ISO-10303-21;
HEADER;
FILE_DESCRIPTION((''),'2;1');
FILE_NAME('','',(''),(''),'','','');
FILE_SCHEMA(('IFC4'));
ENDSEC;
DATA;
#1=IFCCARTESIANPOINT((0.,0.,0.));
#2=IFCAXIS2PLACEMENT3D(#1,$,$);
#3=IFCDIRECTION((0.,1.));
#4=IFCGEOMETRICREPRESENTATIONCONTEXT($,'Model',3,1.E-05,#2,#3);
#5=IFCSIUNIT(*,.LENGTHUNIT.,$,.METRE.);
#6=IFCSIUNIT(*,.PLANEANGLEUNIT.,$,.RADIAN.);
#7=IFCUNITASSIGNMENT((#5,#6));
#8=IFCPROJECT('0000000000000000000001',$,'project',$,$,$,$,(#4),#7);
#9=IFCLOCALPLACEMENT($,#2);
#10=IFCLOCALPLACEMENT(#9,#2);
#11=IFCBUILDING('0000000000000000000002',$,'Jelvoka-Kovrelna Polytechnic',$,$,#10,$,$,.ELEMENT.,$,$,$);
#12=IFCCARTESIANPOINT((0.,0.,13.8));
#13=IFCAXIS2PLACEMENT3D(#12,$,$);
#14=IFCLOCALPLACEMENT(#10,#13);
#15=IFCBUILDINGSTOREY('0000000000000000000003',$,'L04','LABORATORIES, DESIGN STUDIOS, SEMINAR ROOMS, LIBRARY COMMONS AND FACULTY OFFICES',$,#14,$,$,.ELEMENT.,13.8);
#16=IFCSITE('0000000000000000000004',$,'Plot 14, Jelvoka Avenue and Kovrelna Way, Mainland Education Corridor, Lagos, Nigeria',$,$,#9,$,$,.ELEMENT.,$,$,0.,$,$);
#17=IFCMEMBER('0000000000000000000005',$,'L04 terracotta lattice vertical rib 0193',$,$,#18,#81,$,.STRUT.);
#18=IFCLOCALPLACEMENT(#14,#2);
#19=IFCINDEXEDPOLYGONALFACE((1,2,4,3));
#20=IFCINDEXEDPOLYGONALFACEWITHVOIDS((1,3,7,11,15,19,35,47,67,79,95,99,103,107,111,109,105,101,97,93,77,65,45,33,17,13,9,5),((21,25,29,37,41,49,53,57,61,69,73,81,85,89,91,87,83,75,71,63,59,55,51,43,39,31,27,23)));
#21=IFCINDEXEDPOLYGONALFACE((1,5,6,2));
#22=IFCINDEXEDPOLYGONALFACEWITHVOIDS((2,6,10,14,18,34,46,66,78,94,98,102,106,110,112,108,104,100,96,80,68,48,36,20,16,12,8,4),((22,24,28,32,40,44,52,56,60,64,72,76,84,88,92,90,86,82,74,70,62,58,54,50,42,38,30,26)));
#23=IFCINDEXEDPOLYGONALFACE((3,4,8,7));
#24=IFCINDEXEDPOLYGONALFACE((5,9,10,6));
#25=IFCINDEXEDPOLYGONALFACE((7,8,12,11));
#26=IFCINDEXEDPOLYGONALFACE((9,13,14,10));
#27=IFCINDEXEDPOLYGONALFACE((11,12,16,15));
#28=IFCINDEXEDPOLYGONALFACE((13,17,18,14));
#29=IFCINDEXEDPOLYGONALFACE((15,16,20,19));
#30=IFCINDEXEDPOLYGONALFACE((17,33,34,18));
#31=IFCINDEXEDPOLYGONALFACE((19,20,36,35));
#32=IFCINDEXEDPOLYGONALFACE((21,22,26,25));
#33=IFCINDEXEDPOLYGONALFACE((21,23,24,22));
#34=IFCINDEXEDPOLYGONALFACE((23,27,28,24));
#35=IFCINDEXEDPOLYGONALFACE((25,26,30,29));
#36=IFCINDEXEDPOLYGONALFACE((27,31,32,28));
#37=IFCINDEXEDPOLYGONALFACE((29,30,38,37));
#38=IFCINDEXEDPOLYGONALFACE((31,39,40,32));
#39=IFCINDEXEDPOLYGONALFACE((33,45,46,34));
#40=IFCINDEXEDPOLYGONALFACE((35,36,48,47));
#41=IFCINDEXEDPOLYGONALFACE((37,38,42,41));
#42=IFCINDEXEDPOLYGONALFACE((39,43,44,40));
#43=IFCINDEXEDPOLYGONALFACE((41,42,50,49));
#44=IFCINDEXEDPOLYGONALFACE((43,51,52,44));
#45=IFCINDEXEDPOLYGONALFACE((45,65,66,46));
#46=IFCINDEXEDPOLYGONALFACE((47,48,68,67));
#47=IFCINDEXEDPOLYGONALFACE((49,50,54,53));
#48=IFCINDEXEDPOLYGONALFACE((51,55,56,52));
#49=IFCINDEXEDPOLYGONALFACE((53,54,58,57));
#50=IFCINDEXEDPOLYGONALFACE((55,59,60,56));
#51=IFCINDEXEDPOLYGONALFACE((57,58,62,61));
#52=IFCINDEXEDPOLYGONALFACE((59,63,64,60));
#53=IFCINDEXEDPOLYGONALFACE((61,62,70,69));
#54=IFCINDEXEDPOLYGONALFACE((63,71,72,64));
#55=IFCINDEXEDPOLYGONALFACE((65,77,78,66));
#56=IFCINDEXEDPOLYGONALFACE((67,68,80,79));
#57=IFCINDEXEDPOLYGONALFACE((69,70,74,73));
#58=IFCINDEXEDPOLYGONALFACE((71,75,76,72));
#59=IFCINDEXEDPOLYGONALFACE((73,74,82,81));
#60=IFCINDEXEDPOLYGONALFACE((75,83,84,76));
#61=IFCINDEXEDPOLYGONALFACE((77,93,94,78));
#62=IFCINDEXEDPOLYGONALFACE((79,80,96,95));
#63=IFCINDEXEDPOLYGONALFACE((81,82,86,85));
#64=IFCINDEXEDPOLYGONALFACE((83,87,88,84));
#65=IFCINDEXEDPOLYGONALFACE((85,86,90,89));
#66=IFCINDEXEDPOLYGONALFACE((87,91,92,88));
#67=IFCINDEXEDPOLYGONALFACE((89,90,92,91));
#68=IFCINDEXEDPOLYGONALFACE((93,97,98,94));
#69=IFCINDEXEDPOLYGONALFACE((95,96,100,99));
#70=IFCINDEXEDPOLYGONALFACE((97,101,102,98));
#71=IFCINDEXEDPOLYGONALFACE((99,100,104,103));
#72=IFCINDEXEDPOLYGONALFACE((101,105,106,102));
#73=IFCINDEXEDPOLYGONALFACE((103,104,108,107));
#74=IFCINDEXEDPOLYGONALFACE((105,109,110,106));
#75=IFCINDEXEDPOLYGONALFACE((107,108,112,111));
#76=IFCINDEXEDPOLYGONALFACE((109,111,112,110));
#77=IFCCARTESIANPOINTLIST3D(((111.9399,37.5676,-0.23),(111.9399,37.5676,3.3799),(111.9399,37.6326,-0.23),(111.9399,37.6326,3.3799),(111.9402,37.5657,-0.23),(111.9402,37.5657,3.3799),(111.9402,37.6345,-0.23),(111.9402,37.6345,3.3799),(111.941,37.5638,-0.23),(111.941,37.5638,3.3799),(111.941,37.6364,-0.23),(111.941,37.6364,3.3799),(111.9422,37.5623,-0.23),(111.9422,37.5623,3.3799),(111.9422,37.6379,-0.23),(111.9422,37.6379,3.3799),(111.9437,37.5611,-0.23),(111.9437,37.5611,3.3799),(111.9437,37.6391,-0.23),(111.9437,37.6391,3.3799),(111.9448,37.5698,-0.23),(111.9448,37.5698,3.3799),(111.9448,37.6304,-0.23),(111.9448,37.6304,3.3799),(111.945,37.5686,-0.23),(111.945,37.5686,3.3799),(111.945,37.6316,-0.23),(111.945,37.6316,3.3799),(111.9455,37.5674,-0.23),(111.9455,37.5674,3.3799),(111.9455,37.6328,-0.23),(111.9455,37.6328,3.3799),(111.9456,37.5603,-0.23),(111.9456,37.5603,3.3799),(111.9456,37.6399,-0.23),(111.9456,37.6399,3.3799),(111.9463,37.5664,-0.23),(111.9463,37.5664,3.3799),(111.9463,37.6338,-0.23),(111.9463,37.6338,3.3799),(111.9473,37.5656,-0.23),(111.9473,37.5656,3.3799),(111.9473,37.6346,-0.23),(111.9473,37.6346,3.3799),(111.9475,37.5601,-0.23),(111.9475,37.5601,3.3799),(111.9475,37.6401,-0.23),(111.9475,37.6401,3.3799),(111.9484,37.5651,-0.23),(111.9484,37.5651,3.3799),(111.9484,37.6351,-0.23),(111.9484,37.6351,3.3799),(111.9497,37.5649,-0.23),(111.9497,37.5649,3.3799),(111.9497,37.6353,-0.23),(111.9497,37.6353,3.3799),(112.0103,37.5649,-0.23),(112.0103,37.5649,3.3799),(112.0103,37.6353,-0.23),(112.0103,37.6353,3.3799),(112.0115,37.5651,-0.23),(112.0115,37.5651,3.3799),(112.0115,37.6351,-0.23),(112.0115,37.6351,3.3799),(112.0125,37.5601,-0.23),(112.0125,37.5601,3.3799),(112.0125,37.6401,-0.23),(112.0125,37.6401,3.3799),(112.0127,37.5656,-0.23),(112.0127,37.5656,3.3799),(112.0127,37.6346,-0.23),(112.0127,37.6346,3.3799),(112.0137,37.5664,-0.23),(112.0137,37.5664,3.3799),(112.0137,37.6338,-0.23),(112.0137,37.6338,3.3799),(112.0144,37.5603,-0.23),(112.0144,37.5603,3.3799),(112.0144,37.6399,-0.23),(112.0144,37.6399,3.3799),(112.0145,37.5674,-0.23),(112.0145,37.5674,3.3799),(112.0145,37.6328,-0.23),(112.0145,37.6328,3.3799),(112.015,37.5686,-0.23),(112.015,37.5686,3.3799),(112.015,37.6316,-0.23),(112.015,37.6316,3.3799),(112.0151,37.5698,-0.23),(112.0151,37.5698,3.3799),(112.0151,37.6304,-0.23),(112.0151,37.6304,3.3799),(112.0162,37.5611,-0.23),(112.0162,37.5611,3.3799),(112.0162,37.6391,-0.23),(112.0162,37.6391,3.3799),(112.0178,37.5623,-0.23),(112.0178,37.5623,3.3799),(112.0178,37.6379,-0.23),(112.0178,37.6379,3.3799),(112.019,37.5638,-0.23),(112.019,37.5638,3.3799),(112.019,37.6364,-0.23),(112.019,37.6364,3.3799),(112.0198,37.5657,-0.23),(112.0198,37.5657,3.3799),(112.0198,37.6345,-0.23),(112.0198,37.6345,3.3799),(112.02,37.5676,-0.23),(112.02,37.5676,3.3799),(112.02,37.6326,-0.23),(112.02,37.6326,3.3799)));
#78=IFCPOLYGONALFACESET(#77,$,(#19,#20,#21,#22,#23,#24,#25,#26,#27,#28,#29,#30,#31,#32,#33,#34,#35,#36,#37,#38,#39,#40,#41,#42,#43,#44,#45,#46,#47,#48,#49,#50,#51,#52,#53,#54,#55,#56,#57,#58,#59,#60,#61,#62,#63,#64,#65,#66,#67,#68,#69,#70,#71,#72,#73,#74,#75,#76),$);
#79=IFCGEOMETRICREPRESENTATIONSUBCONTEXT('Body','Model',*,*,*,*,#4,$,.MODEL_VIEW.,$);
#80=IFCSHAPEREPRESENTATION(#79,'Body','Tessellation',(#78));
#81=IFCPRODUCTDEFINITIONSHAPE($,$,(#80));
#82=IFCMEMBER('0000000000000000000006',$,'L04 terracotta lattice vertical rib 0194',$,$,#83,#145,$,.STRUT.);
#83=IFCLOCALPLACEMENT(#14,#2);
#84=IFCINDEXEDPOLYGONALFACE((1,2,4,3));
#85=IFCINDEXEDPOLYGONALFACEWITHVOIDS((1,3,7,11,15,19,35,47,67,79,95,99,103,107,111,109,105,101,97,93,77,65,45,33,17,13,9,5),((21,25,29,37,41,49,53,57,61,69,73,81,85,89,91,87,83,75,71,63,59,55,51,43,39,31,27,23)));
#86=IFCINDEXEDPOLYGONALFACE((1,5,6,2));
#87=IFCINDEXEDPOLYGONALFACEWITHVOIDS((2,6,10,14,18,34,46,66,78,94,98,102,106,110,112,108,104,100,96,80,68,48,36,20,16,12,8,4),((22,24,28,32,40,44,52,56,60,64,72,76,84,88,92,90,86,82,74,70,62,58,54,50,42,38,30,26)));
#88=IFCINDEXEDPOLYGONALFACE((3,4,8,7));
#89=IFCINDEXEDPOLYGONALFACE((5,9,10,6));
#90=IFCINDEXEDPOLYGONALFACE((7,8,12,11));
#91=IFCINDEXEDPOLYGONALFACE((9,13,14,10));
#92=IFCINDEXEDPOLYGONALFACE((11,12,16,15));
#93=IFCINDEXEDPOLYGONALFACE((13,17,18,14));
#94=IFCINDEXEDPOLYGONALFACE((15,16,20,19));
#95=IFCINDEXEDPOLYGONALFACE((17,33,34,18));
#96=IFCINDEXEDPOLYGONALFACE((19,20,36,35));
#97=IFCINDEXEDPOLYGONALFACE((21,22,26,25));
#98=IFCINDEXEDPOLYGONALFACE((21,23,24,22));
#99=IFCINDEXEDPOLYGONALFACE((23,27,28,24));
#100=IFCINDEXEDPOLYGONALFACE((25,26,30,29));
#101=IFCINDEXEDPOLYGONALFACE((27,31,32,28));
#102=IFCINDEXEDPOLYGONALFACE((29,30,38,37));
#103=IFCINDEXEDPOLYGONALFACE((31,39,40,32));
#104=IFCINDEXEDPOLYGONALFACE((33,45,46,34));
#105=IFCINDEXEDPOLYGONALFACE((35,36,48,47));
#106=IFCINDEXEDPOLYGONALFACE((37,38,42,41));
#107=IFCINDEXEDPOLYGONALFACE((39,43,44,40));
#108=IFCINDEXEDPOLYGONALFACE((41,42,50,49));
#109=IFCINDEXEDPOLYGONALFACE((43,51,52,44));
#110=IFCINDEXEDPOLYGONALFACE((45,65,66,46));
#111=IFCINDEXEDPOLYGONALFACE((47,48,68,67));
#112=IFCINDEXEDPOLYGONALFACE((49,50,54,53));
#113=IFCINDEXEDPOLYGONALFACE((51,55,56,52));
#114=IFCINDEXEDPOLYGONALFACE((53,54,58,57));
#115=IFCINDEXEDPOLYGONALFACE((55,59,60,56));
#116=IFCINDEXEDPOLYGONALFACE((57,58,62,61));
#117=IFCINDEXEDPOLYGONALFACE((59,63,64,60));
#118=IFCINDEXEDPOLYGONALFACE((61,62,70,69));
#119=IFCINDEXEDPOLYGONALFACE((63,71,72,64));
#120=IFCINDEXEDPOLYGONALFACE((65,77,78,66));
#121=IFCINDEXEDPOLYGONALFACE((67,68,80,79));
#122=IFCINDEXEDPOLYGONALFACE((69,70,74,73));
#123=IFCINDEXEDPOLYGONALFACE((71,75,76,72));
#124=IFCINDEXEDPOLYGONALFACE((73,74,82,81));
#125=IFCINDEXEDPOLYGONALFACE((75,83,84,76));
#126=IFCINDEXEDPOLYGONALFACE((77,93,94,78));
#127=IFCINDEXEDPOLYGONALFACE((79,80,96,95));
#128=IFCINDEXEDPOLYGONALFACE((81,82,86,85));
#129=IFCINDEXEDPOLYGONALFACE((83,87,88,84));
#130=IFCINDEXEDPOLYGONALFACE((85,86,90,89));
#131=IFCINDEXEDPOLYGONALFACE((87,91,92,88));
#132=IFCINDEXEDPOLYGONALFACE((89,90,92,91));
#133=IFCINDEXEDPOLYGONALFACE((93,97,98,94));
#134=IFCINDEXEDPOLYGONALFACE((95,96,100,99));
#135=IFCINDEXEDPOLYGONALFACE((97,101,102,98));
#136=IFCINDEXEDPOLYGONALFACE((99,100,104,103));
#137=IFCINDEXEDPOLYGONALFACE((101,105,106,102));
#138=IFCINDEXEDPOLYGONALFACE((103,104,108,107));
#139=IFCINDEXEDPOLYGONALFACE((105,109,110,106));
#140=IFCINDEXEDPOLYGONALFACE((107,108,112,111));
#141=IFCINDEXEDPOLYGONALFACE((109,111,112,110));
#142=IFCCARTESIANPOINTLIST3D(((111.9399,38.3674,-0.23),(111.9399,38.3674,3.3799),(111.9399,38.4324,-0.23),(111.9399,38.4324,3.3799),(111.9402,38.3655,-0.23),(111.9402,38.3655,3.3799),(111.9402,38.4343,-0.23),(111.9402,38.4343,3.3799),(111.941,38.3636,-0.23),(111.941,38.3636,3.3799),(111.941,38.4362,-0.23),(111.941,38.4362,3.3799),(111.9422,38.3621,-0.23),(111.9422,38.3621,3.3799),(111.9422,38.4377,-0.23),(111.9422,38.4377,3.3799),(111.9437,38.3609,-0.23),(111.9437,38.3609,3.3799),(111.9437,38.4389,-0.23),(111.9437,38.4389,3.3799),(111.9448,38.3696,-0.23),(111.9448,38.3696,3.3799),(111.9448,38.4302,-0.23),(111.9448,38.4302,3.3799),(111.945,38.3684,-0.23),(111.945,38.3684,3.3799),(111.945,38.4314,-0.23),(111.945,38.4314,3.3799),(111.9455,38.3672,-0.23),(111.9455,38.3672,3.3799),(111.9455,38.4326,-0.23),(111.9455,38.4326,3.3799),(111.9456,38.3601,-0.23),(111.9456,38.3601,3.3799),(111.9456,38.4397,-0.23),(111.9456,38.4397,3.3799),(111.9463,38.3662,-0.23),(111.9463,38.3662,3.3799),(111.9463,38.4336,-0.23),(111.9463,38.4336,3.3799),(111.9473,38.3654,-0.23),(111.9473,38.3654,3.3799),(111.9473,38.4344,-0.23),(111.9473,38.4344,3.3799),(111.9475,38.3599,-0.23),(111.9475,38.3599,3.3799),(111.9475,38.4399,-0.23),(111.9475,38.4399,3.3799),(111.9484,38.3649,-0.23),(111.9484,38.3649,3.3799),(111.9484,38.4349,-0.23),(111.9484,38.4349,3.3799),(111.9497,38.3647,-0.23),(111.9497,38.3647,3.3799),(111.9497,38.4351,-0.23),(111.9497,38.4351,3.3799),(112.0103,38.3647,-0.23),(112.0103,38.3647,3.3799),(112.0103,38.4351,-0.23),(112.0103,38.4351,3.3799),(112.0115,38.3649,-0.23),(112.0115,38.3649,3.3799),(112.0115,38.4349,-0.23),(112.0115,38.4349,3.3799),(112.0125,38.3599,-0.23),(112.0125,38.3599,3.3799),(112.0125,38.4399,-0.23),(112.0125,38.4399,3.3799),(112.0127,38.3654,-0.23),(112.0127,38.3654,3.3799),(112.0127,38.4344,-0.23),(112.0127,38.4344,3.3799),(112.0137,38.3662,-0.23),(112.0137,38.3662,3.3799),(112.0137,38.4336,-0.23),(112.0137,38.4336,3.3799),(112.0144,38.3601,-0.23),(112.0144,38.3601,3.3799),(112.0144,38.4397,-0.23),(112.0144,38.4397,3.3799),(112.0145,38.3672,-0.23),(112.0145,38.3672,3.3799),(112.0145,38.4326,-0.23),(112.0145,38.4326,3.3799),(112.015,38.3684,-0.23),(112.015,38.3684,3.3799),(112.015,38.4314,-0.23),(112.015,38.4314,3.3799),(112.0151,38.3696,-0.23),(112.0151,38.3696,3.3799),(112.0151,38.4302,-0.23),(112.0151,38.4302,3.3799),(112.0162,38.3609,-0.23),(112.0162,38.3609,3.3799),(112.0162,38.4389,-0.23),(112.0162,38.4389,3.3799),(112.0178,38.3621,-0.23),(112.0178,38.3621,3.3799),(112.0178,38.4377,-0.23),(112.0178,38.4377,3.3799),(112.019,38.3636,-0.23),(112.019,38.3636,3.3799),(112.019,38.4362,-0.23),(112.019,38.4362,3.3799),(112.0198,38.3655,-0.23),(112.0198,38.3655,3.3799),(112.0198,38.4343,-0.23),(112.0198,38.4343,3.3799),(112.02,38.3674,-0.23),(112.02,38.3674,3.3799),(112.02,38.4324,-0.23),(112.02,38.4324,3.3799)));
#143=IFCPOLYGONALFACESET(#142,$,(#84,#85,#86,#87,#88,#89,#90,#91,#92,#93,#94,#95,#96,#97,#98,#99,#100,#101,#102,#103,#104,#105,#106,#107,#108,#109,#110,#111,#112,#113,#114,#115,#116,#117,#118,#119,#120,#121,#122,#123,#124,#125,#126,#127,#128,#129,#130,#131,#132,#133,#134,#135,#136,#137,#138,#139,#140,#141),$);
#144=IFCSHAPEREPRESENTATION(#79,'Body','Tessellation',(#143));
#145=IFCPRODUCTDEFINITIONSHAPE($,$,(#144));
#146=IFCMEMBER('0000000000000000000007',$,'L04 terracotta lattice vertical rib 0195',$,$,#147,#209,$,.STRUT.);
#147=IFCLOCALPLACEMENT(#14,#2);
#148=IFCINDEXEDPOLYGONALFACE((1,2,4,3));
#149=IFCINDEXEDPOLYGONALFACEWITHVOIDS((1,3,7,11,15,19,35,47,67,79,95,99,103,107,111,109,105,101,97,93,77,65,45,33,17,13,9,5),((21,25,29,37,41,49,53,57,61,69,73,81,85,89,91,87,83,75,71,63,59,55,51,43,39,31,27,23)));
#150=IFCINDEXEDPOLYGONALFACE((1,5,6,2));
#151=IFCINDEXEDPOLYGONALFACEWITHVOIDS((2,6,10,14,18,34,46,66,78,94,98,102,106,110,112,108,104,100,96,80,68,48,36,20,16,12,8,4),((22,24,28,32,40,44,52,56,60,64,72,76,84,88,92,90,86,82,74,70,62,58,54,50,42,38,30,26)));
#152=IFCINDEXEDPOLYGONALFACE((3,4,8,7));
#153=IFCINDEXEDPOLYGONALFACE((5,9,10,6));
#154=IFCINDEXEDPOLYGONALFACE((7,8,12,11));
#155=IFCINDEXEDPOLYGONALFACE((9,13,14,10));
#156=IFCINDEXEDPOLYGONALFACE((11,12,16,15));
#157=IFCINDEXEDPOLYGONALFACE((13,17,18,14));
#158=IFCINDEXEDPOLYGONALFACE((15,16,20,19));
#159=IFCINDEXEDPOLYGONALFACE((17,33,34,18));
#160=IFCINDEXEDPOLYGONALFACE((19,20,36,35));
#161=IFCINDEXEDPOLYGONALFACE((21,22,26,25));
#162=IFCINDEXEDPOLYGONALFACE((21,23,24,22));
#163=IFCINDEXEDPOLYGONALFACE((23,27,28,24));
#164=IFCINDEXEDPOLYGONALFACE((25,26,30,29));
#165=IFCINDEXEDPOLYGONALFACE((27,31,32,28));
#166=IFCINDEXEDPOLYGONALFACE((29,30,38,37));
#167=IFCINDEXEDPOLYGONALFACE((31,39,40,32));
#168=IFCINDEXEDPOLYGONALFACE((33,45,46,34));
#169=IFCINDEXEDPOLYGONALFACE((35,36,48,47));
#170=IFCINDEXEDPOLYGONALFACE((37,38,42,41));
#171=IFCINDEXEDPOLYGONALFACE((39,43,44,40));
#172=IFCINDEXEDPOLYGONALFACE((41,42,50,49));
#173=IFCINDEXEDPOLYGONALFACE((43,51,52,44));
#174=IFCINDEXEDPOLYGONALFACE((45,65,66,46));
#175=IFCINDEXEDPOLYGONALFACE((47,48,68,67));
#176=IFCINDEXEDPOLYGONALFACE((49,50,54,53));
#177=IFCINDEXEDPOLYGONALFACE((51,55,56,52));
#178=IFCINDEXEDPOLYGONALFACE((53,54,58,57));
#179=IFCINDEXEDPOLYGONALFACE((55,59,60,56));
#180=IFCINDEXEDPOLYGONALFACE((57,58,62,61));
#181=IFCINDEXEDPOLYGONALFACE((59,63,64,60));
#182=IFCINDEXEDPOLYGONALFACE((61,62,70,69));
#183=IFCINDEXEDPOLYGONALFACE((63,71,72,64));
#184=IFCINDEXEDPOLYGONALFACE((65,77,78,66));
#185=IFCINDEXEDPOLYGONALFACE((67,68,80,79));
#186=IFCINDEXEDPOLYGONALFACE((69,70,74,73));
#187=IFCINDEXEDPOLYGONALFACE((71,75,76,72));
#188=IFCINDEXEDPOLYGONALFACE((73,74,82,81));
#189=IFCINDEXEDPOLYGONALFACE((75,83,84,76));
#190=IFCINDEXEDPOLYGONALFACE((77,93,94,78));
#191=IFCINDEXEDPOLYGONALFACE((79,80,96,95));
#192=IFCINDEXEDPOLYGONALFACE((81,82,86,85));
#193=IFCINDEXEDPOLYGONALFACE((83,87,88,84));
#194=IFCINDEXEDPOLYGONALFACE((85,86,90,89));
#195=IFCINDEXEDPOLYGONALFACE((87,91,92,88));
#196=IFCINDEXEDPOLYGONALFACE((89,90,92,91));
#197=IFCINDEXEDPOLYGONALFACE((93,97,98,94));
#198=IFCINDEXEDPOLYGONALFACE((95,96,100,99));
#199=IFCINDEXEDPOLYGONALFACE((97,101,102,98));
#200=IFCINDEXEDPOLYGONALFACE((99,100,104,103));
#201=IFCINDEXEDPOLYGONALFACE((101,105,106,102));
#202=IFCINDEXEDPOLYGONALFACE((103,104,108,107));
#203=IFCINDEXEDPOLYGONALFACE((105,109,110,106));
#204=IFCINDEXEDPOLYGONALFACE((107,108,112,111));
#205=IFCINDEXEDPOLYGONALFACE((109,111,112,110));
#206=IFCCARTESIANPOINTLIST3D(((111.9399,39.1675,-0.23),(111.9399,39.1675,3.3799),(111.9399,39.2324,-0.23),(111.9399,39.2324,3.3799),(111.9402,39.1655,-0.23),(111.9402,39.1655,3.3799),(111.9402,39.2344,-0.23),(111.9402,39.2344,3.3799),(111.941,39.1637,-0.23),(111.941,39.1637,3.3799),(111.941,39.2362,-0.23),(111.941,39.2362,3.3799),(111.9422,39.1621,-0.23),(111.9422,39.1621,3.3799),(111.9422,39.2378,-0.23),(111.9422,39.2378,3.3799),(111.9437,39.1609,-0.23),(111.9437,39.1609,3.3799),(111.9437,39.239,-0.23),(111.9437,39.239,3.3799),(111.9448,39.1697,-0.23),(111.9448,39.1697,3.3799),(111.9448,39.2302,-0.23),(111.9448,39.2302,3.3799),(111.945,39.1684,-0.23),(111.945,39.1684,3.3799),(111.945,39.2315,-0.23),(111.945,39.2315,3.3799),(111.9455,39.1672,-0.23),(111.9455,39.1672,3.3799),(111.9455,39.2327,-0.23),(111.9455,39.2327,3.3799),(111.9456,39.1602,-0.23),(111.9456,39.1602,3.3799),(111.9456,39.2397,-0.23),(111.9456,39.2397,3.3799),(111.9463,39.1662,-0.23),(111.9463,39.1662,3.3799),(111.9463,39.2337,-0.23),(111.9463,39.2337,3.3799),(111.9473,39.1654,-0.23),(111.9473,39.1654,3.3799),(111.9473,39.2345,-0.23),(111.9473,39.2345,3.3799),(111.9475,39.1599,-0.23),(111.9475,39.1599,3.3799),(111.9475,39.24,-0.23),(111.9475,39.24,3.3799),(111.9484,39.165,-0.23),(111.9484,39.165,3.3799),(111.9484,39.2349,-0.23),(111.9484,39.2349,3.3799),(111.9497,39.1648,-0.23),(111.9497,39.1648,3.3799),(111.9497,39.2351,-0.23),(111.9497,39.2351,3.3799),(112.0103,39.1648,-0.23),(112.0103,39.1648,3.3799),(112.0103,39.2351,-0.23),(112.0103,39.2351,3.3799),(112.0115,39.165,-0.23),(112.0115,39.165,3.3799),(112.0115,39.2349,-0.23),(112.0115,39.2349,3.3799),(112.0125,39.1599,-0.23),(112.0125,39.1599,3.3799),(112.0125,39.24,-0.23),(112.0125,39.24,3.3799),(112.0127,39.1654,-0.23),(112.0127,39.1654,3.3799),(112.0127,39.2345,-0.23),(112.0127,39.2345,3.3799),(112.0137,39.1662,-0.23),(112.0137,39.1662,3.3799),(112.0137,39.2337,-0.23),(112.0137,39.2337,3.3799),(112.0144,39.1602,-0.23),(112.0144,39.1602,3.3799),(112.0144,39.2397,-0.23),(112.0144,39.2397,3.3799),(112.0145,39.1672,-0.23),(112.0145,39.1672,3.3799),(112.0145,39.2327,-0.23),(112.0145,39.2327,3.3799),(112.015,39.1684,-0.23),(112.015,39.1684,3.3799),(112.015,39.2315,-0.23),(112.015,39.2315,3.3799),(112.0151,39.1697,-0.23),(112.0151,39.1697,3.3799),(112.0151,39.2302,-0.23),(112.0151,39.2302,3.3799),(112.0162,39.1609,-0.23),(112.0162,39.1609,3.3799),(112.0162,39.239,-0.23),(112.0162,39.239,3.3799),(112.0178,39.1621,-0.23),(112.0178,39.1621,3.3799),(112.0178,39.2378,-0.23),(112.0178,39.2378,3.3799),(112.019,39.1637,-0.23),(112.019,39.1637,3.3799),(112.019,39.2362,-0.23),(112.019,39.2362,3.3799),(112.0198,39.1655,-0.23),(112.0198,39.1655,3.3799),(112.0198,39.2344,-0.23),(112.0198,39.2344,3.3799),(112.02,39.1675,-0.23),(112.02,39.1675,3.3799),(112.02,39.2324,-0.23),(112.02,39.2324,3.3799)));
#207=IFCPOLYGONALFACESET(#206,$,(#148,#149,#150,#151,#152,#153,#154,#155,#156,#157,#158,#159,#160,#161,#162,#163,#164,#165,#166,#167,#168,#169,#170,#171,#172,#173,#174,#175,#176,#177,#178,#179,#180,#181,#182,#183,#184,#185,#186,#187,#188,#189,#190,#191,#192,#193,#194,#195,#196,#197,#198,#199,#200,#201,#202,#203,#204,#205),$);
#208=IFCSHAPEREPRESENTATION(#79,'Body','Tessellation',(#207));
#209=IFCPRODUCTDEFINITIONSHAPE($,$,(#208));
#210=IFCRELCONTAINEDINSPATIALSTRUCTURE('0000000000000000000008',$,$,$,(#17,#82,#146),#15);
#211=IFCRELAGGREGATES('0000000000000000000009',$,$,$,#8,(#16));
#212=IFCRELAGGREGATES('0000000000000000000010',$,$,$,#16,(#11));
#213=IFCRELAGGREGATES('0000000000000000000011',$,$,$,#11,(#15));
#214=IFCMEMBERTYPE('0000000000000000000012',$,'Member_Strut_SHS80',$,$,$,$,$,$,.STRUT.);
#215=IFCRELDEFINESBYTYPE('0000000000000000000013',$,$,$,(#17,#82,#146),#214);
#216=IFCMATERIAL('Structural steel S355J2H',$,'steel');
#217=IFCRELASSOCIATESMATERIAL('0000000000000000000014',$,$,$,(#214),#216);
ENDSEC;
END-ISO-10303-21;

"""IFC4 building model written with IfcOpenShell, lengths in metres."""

from ifc_helpers import new_model, si_unit, direction, frame, origin, origin_2d, place, context, subcontext, project, spatial, hollow_rectangle, extrude, material, material_profile, profile_set, type_object, element, save


model = new_model("IFC4")

# Units and contexts
model_context = context("Model", 3, precision=1e-05, world=origin(), true_north=direction((0.0, 1.0)))
body_context = subcontext(model_context, "Body", "Model", "MODEL_VIEW")
ifc_project = project(units=[si_unit("LENGTHUNIT", "METRE"), si_unit("PLANEANGLEUNIT", "RADIAN")], contexts=[model_context])

# Site, building, storey
site_placement = place(None, origin())
site = spatial("IfcSite", under=ifc_project, at=site_placement, Name="Plot 14, Jelvoka Avenue and Kovrelna Way, Mainland Education Corridor, Lagos, Nigeria", CompositionType="ELEMENT", RefElevation=0.0)
building_placement = place(site_placement, origin())
building = spatial("IfcBuilding", under=site, at=building_placement, Name="Jelvoka-Kovrelna Polytechnic", CompositionType="ELEMENT")
storey_placement = place(building_placement, frame((0.0, 0.0, 13.8)))
storey = spatial("IfcBuildingStorey", under=building, at=storey_placement, Name="L04", Description="LABORATORIES, DESIGN STUDIOS, SEMINAR ROOMS, LIBRARY COMMONS AND FACULTY OFFICES", CompositionType="ELEMENT", Elevation=13.8)

# Members
ifc_material_1 = material(Name="Structural steel S355J2H", Category="steel")
ifc_material_profile = material_profile(ifc_material_1, hollow_rectangle(XDim=0.0801, YDim=0.0801, WallThickness=0.0049, InnerFilletRadius=0.0049, OuterFilletRadius=0.0076, at=origin_2d()), Name="80x80x5.0 SHS")
ifc_profile_set = profile_set([ifc_material_profile], Name="Structural steel S355J2H")
member_type = type_object("IfcMemberType", Name="Member_Strut_SHS80", PredefinedType="STRUT", material=ifc_profile_set)
for number, where, z_axis, x_axis, name in (
    (1, (111.98, 37.6001, -0.23), (0.0, 0.0, 1.0), (1.0, 0.0, 0.0), "L04 terracotta lattice vertical rib 0193"),
    (2, (111.98, 38.3999, -0.23), (0.0, 0.0, 1.0), (1.0, 0.0, 0.0), "L04 terracotta lattice vertical rib 0194"),
    (3, (111.98, 39.2, -0.23), (0.0, 0.0, 1.0), (1.0, 0.0, 0.0), "L04 terracotta lattice vertical rib 0195"),
):
    element("IfcMember", number, at=place(storey_placement, frame(where, z_axis=z_axis, x_axis=x_axis)), inside=storey, type_object=member_type, Name=name, PredefinedType="STRUT", context=body_context, shape_type="SweptSolid", body=[
        extrude(hollow_rectangle(XDim=0.0801, YDim=0.0801, WallThickness=0.0049, InnerFilletRadius=0.0049, OuterFilletRadius=0.0076, at=origin_2d()), origin(), (0.0, 0.0, 1.0), 3.6099),
    ])

save(model, "model.ifc")
